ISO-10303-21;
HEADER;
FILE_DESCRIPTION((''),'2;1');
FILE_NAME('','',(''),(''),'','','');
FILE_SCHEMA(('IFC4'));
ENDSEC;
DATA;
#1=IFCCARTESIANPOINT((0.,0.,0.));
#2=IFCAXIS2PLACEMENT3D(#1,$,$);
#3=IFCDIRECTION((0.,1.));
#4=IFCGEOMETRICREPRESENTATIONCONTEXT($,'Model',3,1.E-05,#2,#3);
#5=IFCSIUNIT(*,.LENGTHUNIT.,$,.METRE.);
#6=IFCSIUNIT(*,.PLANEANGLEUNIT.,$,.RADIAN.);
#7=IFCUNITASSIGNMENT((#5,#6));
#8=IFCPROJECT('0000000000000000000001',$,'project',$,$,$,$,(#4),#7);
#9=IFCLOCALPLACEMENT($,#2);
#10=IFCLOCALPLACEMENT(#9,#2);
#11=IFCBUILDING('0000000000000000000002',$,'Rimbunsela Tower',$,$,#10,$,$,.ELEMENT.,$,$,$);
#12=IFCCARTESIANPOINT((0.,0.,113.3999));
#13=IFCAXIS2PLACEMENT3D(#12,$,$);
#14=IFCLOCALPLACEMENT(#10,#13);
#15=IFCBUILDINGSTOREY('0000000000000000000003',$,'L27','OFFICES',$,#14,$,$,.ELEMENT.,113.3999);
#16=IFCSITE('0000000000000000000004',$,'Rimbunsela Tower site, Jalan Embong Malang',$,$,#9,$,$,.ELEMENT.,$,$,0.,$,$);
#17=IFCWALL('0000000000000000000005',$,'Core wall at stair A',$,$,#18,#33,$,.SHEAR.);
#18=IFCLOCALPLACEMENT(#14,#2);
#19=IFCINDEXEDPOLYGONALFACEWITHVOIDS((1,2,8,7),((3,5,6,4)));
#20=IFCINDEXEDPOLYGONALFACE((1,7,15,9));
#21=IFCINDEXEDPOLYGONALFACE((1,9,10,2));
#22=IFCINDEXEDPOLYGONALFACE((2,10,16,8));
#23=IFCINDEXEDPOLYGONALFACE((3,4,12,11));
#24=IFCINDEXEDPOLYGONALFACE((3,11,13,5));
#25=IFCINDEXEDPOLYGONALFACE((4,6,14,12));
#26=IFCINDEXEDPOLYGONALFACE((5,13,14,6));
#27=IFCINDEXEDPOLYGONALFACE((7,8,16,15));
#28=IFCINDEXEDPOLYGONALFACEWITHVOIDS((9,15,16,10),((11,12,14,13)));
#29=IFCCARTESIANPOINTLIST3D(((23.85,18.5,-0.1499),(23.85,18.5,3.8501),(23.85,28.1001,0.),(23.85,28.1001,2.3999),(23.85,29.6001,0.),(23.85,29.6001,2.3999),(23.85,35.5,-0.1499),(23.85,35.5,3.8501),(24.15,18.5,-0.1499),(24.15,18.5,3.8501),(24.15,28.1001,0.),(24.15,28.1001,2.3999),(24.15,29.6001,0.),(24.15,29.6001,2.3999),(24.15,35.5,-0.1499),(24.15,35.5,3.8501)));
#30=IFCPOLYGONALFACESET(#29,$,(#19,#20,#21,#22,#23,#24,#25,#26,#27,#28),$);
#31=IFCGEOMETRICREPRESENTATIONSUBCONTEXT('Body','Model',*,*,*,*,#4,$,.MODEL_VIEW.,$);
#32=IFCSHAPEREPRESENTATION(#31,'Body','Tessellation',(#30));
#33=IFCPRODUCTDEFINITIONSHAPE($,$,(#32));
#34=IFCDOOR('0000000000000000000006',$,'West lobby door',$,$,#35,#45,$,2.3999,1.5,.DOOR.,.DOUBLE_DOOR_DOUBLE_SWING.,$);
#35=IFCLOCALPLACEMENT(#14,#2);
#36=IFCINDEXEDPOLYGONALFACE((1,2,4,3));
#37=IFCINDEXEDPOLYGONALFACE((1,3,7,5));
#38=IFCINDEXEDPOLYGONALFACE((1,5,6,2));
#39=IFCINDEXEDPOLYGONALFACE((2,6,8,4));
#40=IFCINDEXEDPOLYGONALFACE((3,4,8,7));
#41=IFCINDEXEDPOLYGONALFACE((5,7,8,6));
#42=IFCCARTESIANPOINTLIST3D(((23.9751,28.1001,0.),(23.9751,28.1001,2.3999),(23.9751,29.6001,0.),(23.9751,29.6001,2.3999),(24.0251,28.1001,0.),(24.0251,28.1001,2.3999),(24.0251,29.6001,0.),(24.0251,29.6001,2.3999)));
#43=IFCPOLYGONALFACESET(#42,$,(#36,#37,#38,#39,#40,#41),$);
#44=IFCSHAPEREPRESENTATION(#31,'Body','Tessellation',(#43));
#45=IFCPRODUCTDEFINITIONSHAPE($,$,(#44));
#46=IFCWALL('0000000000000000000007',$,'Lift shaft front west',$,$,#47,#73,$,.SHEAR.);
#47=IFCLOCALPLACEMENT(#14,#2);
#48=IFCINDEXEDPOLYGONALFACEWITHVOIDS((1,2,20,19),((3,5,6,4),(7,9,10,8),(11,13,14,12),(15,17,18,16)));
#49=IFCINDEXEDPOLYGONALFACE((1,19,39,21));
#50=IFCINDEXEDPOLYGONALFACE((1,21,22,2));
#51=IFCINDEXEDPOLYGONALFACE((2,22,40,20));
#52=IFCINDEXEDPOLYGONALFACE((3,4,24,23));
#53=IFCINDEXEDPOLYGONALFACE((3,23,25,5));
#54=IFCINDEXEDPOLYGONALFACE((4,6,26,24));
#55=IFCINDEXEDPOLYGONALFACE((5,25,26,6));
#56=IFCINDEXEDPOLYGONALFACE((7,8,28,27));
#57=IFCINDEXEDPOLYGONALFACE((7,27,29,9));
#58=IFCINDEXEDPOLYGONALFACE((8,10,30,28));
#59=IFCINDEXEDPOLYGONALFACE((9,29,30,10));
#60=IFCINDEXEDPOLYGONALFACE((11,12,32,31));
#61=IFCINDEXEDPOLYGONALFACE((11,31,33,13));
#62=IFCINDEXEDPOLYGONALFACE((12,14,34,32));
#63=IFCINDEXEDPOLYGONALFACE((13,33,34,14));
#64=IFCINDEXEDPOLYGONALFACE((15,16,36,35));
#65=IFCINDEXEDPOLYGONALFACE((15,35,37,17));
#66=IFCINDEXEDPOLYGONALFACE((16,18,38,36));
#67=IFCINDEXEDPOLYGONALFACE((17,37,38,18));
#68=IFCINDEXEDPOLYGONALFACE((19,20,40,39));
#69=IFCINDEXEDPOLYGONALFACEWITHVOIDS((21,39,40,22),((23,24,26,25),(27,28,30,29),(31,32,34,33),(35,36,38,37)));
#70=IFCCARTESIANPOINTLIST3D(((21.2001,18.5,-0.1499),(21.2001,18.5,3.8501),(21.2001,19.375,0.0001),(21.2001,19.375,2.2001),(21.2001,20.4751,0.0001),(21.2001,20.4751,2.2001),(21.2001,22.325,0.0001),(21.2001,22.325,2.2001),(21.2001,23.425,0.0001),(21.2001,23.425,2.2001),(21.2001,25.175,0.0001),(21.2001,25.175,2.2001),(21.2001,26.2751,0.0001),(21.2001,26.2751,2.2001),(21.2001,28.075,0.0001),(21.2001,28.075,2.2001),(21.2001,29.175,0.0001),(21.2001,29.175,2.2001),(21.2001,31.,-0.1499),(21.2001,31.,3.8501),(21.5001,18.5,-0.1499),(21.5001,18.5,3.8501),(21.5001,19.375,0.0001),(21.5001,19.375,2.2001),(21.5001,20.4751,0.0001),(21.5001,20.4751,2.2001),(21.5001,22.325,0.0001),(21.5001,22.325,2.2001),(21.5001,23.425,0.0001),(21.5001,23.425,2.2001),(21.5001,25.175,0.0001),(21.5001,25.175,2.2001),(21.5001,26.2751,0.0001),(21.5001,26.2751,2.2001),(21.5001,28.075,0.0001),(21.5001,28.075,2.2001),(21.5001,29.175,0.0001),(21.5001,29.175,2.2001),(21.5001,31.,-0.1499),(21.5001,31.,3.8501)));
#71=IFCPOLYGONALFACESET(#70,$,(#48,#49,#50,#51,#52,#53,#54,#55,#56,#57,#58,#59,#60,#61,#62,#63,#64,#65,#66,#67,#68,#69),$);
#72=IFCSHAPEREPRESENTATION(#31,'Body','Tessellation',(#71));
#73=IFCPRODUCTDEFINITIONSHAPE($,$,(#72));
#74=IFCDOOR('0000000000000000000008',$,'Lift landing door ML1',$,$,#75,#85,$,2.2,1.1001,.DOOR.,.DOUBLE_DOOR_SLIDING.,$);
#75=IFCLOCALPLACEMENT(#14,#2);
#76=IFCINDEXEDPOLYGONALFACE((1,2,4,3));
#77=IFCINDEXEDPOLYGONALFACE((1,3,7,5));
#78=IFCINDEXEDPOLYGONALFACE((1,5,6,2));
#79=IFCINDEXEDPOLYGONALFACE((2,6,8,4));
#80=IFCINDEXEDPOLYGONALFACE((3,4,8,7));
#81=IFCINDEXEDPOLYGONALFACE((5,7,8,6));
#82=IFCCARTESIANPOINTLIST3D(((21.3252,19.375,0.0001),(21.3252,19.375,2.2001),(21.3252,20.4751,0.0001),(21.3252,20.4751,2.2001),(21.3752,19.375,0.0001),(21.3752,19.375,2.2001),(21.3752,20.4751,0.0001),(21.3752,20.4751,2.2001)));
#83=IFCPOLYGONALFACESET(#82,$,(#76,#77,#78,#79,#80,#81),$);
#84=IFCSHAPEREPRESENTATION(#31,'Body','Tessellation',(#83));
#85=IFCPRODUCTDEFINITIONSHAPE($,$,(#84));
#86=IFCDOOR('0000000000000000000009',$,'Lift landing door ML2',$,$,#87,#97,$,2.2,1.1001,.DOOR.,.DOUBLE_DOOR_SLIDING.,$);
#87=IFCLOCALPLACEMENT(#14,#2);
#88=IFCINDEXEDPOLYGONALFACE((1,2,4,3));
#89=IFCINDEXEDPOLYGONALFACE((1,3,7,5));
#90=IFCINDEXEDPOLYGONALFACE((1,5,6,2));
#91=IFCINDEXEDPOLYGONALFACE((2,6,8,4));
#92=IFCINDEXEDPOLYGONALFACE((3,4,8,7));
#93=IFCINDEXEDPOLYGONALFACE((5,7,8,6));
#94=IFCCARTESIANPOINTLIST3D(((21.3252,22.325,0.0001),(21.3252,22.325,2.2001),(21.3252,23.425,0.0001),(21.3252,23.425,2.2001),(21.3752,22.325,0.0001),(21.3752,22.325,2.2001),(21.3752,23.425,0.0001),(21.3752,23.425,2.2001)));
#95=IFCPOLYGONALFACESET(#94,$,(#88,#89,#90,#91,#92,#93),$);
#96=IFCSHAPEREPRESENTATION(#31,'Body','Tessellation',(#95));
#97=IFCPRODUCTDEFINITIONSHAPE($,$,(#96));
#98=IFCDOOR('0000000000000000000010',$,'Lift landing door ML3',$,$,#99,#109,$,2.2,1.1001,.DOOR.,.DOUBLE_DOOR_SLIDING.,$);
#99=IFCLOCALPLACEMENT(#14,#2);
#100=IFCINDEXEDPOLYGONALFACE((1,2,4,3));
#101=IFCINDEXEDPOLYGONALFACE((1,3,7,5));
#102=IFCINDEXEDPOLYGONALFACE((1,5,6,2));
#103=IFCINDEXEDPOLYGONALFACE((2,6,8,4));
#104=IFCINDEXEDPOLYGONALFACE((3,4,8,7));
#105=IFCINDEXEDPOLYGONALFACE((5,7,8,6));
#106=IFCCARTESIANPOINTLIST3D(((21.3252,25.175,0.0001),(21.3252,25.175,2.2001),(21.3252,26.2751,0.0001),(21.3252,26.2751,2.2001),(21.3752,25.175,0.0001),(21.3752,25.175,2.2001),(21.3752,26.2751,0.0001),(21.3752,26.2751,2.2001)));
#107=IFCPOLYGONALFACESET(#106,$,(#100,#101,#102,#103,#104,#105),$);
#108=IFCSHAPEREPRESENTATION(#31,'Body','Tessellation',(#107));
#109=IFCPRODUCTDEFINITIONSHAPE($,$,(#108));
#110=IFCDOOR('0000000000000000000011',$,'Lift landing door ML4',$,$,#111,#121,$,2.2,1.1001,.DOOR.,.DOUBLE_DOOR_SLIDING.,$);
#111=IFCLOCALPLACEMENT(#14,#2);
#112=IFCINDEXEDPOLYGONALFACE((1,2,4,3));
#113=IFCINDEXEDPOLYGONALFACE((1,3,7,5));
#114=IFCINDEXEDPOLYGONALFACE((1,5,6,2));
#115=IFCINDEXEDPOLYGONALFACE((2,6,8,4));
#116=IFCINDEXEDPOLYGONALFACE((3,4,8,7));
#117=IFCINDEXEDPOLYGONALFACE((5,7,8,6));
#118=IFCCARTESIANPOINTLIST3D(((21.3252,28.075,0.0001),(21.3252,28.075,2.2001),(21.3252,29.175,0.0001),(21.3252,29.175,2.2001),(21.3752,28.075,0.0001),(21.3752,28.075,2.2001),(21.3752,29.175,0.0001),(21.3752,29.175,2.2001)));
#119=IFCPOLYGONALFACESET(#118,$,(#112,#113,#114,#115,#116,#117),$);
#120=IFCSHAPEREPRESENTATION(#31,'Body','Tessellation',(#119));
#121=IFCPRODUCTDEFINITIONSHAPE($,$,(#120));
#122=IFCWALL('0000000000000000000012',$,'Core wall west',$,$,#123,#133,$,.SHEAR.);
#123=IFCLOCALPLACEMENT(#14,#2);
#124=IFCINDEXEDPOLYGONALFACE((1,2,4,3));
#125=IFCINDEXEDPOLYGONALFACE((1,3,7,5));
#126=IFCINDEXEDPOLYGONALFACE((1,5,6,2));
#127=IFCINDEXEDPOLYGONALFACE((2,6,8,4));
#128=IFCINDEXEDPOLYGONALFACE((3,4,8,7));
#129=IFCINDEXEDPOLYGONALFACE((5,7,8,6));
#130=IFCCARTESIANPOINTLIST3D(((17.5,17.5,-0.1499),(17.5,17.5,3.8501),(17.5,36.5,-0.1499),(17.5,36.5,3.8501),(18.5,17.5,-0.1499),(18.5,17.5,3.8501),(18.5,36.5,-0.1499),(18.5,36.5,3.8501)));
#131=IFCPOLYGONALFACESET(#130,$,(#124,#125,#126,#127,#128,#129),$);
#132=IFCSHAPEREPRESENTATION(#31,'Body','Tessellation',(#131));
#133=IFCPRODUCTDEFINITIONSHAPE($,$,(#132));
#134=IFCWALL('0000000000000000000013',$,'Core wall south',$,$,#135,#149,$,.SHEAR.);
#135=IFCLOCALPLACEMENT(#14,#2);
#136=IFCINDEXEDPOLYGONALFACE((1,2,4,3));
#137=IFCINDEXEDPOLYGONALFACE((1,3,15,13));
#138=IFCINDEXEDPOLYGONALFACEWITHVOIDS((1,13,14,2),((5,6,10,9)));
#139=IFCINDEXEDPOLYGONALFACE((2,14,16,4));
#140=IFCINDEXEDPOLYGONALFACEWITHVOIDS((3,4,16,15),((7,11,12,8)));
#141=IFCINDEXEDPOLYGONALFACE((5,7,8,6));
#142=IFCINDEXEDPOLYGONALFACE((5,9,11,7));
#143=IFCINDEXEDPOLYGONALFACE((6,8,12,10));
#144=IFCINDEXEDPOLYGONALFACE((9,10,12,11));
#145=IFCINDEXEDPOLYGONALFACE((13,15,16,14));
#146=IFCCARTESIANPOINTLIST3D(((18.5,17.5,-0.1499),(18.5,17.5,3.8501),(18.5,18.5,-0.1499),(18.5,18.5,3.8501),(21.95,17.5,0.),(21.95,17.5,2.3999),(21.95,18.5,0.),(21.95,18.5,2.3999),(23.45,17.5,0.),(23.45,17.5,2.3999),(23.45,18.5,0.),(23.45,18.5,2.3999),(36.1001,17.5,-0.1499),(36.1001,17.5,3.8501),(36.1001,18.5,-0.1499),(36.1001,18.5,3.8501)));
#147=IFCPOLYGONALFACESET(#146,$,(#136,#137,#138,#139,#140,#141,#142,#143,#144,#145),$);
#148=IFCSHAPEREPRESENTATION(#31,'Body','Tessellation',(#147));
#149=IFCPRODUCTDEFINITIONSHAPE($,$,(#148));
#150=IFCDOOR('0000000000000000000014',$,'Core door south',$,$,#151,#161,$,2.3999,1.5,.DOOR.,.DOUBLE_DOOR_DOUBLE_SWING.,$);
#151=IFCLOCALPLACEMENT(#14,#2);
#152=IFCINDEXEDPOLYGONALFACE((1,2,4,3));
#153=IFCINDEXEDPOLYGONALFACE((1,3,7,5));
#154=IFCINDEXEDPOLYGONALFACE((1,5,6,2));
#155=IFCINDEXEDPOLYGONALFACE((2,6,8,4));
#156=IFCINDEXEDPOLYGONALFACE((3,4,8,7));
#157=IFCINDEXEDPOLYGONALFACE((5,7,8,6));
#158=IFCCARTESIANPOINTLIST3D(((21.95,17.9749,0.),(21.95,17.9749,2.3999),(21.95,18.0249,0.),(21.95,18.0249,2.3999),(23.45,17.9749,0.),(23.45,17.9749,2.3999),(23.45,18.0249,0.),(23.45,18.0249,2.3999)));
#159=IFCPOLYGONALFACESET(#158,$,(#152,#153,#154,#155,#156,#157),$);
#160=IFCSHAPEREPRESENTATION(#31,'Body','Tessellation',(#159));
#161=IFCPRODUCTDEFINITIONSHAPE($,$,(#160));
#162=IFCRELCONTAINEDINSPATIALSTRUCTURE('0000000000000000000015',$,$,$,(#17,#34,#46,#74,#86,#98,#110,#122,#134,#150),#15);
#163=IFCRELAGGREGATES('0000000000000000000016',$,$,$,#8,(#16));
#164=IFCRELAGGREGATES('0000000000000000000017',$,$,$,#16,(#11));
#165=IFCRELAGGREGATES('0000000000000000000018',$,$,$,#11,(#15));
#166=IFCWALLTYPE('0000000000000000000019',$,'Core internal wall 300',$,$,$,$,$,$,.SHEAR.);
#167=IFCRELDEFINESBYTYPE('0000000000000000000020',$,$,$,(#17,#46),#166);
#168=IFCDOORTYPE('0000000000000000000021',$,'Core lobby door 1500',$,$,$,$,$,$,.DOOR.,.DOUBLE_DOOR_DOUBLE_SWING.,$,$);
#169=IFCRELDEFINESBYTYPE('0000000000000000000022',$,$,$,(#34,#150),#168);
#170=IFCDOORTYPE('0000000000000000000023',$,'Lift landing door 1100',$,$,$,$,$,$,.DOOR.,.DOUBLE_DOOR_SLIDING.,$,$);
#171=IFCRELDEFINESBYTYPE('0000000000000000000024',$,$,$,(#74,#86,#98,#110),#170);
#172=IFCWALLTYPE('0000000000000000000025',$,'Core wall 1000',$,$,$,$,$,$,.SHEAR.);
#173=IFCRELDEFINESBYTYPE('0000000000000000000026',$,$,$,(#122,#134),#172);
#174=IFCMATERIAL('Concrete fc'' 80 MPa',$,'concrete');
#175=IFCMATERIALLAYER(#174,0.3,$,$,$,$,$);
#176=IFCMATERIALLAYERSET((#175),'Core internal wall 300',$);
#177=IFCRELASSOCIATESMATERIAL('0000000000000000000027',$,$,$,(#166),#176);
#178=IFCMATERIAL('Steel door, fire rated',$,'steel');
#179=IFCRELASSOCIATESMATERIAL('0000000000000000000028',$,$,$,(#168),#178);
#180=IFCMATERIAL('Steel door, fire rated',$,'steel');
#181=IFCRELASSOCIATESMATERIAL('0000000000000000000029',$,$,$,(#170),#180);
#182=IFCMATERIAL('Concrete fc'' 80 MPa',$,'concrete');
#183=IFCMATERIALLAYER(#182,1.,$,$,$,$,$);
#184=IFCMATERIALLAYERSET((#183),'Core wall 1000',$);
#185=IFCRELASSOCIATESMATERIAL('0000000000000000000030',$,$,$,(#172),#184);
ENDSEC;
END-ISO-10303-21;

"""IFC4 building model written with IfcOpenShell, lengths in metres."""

from ifc_helpers import new_model, si_unit, direction, frame, frame_2d, origin, place, context, subcontext, project, spatial, rectangle, extrude, material, layer, layer_set, type_object, element, fill, save


model = new_model("IFC4")

# Units and contexts
model_context = context("Model", 3, precision=1e-05, world=origin(), true_north=direction((0.0, 1.0)))
body_context = subcontext(model_context, "Body", "Model", "MODEL_VIEW")
ifc_project = project(units=[si_unit("LENGTHUNIT", "METRE"), si_unit("PLANEANGLEUNIT", "RADIAN")], contexts=[model_context])

# Site, building, storey
site_placement = place(None, origin())
site = spatial("IfcSite", under=ifc_project, at=site_placement, Name="Rimbunsela Tower site, Jalan Embong Malang", CompositionType="ELEMENT", RefElevation=0.0)
building_placement = place(site_placement, origin())
building = spatial("IfcBuilding", under=site, at=building_placement, Name="Rimbunsela Tower", CompositionType="ELEMENT")
storey_placement = place(building_placement, frame((0.0, 0.0, 113.3999)))
storey = spatial("IfcBuildingStorey", under=building, at=storey_placement, Name="L27", Description="OFFICES", CompositionType="ELEMENT", Elevation=113.3999)

# Wall, opening, door
ifc_material_1 = material(Name="Concrete fc' 80 MPa", Category="concrete")
ifc_layer_1 = layer(ifc_material_1, 0.3)
ifc_layer_set_1 = layer_set([ifc_layer_1], Name="Core internal wall 300")
wall_type_1 = type_object("IfcWallType", Name="Core internal wall 300", PredefinedType="SHEAR", material=ifc_layer_set_1)
wall_1_placement = place(storey_placement, frame((24.0, 18.5, -0.1499), z_axis=(0.0, 0.0, 1.0), x_axis=(0.0, 1.0, 0.0)))
wall_1 = element("IfcWall", 1, at=wall_1_placement, inside=storey, type_object=wall_type_1, Name="Core wall at stair A", PredefinedType="SHEAR", context=body_context, shape_type="SweptSolid", body=[
    extrude(rectangle(XDim=17.0, YDim=0.3, at=frame_2d((8.5, 0.0))), origin(), (0.0, 0.0, 1.0), 4.0),
])
opening_1_placement = place(wall_1_placement, frame((9.6001, 0.0, 0.1499)))
opening_1 = element("IfcOpeningElement", 2, at=opening_1_placement, cuts=wall_1, PredefinedType="OPENING", context=body_context, shape_type="SweptSolid", body=[
    extrude(rectangle(XDim=1.5, YDim=2.3999, at=frame_2d((0.75, 1.2))), frame((0.0, 0.1599, 0.0), z_axis=(0.0, -1.0, 0.0), x_axis=(1.0, 0.0, 0.0)), (0.0, 0.0, 1.0), 0.3201),
])
ifc_material_2 = material(Name="Steel door, fire rated", Category="steel")
door_type_1 = type_object("IfcDoorType", Name="Core lobby door 1500", OperationType="DOUBLE_DOOR_DOUBLE_SWING", PredefinedType="DOOR", material=ifc_material_2)
door_1_placement = place(opening_1_placement, origin())
door_1 = element("IfcDoor", 3, at=door_1_placement, inside=storey, type_object=door_type_1, Name="West lobby door", OperationType="DOUBLE_DOOR_DOUBLE_SWING", OverallHeight=2.3999, OverallWidth=1.5, PredefinedType="DOOR", context=body_context, shape_type="SweptSolid", body=[
    extrude(rectangle(XDim=1.5, YDim=2.3999, at=frame_2d((0.75, 1.2))), frame((0.0, 0.0249, 0.0), z_axis=(0.0, -1.0, 0.0), x_axis=(1.0, 0.0, 0.0)), (0.0, 0.0, 1.0), 0.05),
])
fill(opening_1, door_1)

# Wall, openings, doors
wall_2_placement = place(storey_placement, frame((21.3501, 18.5, -0.1499), z_axis=(0.0, 0.0, 1.0), x_axis=(0.0, 1.0, 0.0)))
wall_2 = element("IfcWall", 4, at=wall_2_placement, inside=storey, type_object=wall_type_1, Name="Lift shaft front west", PredefinedType="SHEAR", context=body_context, shape_type="SweptSolid", body=[
    extrude(rectangle(XDim=12.5, YDim=0.3, at=frame_2d((6.25, 0.0))), origin(), (0.0, 0.0, 1.0), 4.0),
])
opening_2_placement = place(wall_2_placement, frame((0.875, 0.0, 0.1499)))
opening_2 = element("IfcOpeningElement", 5, at=opening_2_placement, cuts=wall_2, PredefinedType="OPENING", context=body_context, shape_type="SweptSolid", body=[
    extrude(rectangle(XDim=1.1001, YDim=2.2, at=frame_2d((0.55, 1.1001))), frame((0.0, 0.1599, 0.0), z_axis=(0.0, -1.0, 0.0), x_axis=(1.0, 0.0, 0.0)), (0.0, 0.0, 1.0), 0.3201),
])
opening_3_placement = place(wall_2_placement, frame((3.825, 0.0, 0.1499)))
opening_3 = element("IfcOpeningElement", 6, at=opening_3_placement, cuts=wall_2, PredefinedType="OPENING", context=body_context, shape_type="SweptSolid", body=[
    extrude(rectangle(XDim=1.1001, YDim=2.2, at=frame_2d((0.55, 1.1001))), frame((0.0, 0.1599, 0.0), z_axis=(0.0, -1.0, 0.0), x_axis=(1.0, 0.0, 0.0)), (0.0, 0.0, 1.0), 0.3201),
])
opening_4_placement = place(wall_2_placement, frame((6.675, 0.0, 0.1499)))
opening_4 = element("IfcOpeningElement", 7, at=opening_4_placement, cuts=wall_2, PredefinedType="OPENING", context=body_context, shape_type="SweptSolid", body=[
    extrude(rectangle(XDim=1.1001, YDim=2.2, at=frame_2d((0.55, 1.1001))), frame((0.0, 0.1599, 0.0), z_axis=(0.0, -1.0, 0.0), x_axis=(1.0, 0.0, 0.0)), (0.0, 0.0, 1.0), 0.3201),
])
opening_5_placement = place(wall_2_placement, frame((9.575, 0.0, 0.1499)))
opening_5 = element("IfcOpeningElement", 8, at=opening_5_placement, cuts=wall_2, PredefinedType="OPENING", context=body_context, shape_type="SweptSolid", body=[
    extrude(rectangle(XDim=1.1001, YDim=2.2, at=frame_2d((0.55, 1.1001))), frame((0.0, 0.1599, 0.0), z_axis=(0.0, -1.0, 0.0), x_axis=(1.0, 0.0, 0.0)), (0.0, 0.0, 1.0), 0.3201),
])
ifc_material_3 = material(Name="Steel door, fire rated", Category="steel")
door_type_2 = type_object("IfcDoorType", Name="Lift landing door 1100", OperationType="DOUBLE_DOOR_SLIDING", PredefinedType="DOOR", material=ifc_material_3)
door_2_placement = place(opening_2_placement, origin())
door_2 = element("IfcDoor", 9, at=door_2_placement, inside=storey, type_object=door_type_2, Name="Lift landing door ML1", OperationType="DOUBLE_DOOR_SLIDING", OverallHeight=2.2, OverallWidth=1.1001, PredefinedType="DOOR", context=body_context, shape_type="SweptSolid", body=[
    extrude(rectangle(XDim=1.1001, YDim=2.2, at=frame_2d((0.55, 1.1001))), frame((0.0, 0.0249, 0.0), z_axis=(0.0, -1.0, 0.0), x_axis=(1.0, 0.0, 0.0)), (0.0, 0.0, 1.0), 0.05),
])
fill(opening_2, door_2)
door_3_placement = place(opening_3_placement, origin())
door_3 = element("IfcDoor", 10, at=door_3_placement, inside=storey, type_object=door_type_2, Name="Lift landing door ML2", OperationType="DOUBLE_DOOR_SLIDING", OverallHeight=2.2, OverallWidth=1.1001, PredefinedType="DOOR", context=body_context, shape_type="SweptSolid", body=[
    extrude(rectangle(XDim=1.1001, YDim=2.2, at=frame_2d((0.55, 1.1001))), frame((0.0, 0.0249, 0.0), z_axis=(0.0, -1.0, 0.0), x_axis=(1.0, 0.0, 0.0)), (0.0, 0.0, 1.0), 0.05),
])
fill(opening_3, door_3)
door_4_placement = place(opening_4_placement, origin())
door_4 = element("IfcDoor", 11, at=door_4_placement, inside=storey, type_object=door_type_2, Name="Lift landing door ML3", OperationType="DOUBLE_DOOR_SLIDING", OverallHeight=2.2, OverallWidth=1.1001, PredefinedType="DOOR", context=body_context, shape_type="SweptSolid", body=[
    extrude(rectangle(XDim=1.1001, YDim=2.2, at=frame_2d((0.55, 1.1001))), frame((0.0, 0.0249, 0.0), z_axis=(0.0, -1.0, 0.0), x_axis=(1.0, 0.0, 0.0)), (0.0, 0.0, 1.0), 0.05),
])
fill(opening_4, door_4)
door_5_placement = place(opening_5_placement, origin())
door_5 = element("IfcDoor", 12, at=door_5_placement, inside=storey, type_object=door_type_2, Name="Lift landing door ML4", OperationType="DOUBLE_DOOR_SLIDING", OverallHeight=2.2, OverallWidth=1.1001, PredefinedType="DOOR", context=body_context, shape_type="SweptSolid", body=[
    extrude(rectangle(XDim=1.1001, YDim=2.2, at=frame_2d((0.55, 1.1001))), frame((0.0, 0.0249, 0.0), z_axis=(0.0, -1.0, 0.0), x_axis=(1.0, 0.0, 0.0)), (0.0, 0.0, 1.0), 0.05),
])
fill(opening_5, door_5)

# Wall
ifc_material_4 = material(Name="Concrete fc' 80 MPa", Category="concrete")
ifc_layer_2 = layer(ifc_material_4, 1.0)
ifc_layer_set_2 = layer_set([ifc_layer_2], Name="Core wall 1000")
wall_type_2 = type_object("IfcWallType", Name="Core wall 1000", PredefinedType="SHEAR", material=ifc_layer_set_2)
wall_3_placement = place(storey_placement, frame((18.0, 17.5, -0.1499), z_axis=(0.0, 0.0, 1.0), x_axis=(0.0, 1.0, 0.0)))
element("IfcWall", 13, at=wall_3_placement, inside=storey, type_object=wall_type_2, Name="Core wall west", PredefinedType="SHEAR", context=body_context, shape_type="SweptSolid", body=[
    extrude(rectangle(XDim=19.0, YDim=1.0, at=frame_2d((9.5, 0.0))), origin(), (0.0, 0.0, 1.0), 4.0),
])

# Wall, opening, door
wall_4_placement = place(storey_placement, frame((18.5, 18.0, -0.1499), z_axis=(0.0, 0.0, 1.0), x_axis=(1.0, 0.0, 0.0)))
wall_4 = element("IfcWall", 14, at=wall_4_placement, inside=storey, type_object=wall_type_2, Name="Core wall south", PredefinedType="SHEAR", context=body_context, shape_type="SweptSolid", body=[
    extrude(rectangle(XDim=17.6001, YDim=1.0, at=frame_2d((8.8, 0.0))), origin(), (0.0, 0.0, 1.0), 4.0),
])
opening_6_placement = place(wall_4_placement, frame((3.45, 0.0, 0.1499)))
opening_6 = element("IfcOpeningElement", 15, at=opening_6_placement, cuts=wall_4, PredefinedType="OPENING", context=body_context, shape_type="SweptSolid", body=[
    extrude(rectangle(XDim=1.5, YDim=2.3999, at=frame_2d((0.75, 1.2))), frame((0.0, 0.51, 0.0), z_axis=(0.0, -1.0, 0.0), x_axis=(1.0, 0.0, 0.0)), (0.0, 0.0, 1.0), 1.02),
])
door_6_placement = place(opening_6_placement, origin())
door_6 = element("IfcDoor", 16, at=door_6_placement, inside=storey, type_object=door_type_1, Name="Core door south", OperationType="DOUBLE_DOOR_DOUBLE_SWING", OverallHeight=2.3999, OverallWidth=1.5, PredefinedType="DOOR", context=body_context, shape_type="SweptSolid", body=[
    extrude(rectangle(XDim=1.5, YDim=2.3999, at=frame_2d((0.75, 1.2))), frame((0.0, 0.0249, 0.0), z_axis=(0.0, -1.0, 0.0), x_axis=(1.0, 0.0, 0.0)), (0.0, 0.0, 1.0), 0.05),
])
fill(opening_6, door_6)

save(model, "model.ifc")
